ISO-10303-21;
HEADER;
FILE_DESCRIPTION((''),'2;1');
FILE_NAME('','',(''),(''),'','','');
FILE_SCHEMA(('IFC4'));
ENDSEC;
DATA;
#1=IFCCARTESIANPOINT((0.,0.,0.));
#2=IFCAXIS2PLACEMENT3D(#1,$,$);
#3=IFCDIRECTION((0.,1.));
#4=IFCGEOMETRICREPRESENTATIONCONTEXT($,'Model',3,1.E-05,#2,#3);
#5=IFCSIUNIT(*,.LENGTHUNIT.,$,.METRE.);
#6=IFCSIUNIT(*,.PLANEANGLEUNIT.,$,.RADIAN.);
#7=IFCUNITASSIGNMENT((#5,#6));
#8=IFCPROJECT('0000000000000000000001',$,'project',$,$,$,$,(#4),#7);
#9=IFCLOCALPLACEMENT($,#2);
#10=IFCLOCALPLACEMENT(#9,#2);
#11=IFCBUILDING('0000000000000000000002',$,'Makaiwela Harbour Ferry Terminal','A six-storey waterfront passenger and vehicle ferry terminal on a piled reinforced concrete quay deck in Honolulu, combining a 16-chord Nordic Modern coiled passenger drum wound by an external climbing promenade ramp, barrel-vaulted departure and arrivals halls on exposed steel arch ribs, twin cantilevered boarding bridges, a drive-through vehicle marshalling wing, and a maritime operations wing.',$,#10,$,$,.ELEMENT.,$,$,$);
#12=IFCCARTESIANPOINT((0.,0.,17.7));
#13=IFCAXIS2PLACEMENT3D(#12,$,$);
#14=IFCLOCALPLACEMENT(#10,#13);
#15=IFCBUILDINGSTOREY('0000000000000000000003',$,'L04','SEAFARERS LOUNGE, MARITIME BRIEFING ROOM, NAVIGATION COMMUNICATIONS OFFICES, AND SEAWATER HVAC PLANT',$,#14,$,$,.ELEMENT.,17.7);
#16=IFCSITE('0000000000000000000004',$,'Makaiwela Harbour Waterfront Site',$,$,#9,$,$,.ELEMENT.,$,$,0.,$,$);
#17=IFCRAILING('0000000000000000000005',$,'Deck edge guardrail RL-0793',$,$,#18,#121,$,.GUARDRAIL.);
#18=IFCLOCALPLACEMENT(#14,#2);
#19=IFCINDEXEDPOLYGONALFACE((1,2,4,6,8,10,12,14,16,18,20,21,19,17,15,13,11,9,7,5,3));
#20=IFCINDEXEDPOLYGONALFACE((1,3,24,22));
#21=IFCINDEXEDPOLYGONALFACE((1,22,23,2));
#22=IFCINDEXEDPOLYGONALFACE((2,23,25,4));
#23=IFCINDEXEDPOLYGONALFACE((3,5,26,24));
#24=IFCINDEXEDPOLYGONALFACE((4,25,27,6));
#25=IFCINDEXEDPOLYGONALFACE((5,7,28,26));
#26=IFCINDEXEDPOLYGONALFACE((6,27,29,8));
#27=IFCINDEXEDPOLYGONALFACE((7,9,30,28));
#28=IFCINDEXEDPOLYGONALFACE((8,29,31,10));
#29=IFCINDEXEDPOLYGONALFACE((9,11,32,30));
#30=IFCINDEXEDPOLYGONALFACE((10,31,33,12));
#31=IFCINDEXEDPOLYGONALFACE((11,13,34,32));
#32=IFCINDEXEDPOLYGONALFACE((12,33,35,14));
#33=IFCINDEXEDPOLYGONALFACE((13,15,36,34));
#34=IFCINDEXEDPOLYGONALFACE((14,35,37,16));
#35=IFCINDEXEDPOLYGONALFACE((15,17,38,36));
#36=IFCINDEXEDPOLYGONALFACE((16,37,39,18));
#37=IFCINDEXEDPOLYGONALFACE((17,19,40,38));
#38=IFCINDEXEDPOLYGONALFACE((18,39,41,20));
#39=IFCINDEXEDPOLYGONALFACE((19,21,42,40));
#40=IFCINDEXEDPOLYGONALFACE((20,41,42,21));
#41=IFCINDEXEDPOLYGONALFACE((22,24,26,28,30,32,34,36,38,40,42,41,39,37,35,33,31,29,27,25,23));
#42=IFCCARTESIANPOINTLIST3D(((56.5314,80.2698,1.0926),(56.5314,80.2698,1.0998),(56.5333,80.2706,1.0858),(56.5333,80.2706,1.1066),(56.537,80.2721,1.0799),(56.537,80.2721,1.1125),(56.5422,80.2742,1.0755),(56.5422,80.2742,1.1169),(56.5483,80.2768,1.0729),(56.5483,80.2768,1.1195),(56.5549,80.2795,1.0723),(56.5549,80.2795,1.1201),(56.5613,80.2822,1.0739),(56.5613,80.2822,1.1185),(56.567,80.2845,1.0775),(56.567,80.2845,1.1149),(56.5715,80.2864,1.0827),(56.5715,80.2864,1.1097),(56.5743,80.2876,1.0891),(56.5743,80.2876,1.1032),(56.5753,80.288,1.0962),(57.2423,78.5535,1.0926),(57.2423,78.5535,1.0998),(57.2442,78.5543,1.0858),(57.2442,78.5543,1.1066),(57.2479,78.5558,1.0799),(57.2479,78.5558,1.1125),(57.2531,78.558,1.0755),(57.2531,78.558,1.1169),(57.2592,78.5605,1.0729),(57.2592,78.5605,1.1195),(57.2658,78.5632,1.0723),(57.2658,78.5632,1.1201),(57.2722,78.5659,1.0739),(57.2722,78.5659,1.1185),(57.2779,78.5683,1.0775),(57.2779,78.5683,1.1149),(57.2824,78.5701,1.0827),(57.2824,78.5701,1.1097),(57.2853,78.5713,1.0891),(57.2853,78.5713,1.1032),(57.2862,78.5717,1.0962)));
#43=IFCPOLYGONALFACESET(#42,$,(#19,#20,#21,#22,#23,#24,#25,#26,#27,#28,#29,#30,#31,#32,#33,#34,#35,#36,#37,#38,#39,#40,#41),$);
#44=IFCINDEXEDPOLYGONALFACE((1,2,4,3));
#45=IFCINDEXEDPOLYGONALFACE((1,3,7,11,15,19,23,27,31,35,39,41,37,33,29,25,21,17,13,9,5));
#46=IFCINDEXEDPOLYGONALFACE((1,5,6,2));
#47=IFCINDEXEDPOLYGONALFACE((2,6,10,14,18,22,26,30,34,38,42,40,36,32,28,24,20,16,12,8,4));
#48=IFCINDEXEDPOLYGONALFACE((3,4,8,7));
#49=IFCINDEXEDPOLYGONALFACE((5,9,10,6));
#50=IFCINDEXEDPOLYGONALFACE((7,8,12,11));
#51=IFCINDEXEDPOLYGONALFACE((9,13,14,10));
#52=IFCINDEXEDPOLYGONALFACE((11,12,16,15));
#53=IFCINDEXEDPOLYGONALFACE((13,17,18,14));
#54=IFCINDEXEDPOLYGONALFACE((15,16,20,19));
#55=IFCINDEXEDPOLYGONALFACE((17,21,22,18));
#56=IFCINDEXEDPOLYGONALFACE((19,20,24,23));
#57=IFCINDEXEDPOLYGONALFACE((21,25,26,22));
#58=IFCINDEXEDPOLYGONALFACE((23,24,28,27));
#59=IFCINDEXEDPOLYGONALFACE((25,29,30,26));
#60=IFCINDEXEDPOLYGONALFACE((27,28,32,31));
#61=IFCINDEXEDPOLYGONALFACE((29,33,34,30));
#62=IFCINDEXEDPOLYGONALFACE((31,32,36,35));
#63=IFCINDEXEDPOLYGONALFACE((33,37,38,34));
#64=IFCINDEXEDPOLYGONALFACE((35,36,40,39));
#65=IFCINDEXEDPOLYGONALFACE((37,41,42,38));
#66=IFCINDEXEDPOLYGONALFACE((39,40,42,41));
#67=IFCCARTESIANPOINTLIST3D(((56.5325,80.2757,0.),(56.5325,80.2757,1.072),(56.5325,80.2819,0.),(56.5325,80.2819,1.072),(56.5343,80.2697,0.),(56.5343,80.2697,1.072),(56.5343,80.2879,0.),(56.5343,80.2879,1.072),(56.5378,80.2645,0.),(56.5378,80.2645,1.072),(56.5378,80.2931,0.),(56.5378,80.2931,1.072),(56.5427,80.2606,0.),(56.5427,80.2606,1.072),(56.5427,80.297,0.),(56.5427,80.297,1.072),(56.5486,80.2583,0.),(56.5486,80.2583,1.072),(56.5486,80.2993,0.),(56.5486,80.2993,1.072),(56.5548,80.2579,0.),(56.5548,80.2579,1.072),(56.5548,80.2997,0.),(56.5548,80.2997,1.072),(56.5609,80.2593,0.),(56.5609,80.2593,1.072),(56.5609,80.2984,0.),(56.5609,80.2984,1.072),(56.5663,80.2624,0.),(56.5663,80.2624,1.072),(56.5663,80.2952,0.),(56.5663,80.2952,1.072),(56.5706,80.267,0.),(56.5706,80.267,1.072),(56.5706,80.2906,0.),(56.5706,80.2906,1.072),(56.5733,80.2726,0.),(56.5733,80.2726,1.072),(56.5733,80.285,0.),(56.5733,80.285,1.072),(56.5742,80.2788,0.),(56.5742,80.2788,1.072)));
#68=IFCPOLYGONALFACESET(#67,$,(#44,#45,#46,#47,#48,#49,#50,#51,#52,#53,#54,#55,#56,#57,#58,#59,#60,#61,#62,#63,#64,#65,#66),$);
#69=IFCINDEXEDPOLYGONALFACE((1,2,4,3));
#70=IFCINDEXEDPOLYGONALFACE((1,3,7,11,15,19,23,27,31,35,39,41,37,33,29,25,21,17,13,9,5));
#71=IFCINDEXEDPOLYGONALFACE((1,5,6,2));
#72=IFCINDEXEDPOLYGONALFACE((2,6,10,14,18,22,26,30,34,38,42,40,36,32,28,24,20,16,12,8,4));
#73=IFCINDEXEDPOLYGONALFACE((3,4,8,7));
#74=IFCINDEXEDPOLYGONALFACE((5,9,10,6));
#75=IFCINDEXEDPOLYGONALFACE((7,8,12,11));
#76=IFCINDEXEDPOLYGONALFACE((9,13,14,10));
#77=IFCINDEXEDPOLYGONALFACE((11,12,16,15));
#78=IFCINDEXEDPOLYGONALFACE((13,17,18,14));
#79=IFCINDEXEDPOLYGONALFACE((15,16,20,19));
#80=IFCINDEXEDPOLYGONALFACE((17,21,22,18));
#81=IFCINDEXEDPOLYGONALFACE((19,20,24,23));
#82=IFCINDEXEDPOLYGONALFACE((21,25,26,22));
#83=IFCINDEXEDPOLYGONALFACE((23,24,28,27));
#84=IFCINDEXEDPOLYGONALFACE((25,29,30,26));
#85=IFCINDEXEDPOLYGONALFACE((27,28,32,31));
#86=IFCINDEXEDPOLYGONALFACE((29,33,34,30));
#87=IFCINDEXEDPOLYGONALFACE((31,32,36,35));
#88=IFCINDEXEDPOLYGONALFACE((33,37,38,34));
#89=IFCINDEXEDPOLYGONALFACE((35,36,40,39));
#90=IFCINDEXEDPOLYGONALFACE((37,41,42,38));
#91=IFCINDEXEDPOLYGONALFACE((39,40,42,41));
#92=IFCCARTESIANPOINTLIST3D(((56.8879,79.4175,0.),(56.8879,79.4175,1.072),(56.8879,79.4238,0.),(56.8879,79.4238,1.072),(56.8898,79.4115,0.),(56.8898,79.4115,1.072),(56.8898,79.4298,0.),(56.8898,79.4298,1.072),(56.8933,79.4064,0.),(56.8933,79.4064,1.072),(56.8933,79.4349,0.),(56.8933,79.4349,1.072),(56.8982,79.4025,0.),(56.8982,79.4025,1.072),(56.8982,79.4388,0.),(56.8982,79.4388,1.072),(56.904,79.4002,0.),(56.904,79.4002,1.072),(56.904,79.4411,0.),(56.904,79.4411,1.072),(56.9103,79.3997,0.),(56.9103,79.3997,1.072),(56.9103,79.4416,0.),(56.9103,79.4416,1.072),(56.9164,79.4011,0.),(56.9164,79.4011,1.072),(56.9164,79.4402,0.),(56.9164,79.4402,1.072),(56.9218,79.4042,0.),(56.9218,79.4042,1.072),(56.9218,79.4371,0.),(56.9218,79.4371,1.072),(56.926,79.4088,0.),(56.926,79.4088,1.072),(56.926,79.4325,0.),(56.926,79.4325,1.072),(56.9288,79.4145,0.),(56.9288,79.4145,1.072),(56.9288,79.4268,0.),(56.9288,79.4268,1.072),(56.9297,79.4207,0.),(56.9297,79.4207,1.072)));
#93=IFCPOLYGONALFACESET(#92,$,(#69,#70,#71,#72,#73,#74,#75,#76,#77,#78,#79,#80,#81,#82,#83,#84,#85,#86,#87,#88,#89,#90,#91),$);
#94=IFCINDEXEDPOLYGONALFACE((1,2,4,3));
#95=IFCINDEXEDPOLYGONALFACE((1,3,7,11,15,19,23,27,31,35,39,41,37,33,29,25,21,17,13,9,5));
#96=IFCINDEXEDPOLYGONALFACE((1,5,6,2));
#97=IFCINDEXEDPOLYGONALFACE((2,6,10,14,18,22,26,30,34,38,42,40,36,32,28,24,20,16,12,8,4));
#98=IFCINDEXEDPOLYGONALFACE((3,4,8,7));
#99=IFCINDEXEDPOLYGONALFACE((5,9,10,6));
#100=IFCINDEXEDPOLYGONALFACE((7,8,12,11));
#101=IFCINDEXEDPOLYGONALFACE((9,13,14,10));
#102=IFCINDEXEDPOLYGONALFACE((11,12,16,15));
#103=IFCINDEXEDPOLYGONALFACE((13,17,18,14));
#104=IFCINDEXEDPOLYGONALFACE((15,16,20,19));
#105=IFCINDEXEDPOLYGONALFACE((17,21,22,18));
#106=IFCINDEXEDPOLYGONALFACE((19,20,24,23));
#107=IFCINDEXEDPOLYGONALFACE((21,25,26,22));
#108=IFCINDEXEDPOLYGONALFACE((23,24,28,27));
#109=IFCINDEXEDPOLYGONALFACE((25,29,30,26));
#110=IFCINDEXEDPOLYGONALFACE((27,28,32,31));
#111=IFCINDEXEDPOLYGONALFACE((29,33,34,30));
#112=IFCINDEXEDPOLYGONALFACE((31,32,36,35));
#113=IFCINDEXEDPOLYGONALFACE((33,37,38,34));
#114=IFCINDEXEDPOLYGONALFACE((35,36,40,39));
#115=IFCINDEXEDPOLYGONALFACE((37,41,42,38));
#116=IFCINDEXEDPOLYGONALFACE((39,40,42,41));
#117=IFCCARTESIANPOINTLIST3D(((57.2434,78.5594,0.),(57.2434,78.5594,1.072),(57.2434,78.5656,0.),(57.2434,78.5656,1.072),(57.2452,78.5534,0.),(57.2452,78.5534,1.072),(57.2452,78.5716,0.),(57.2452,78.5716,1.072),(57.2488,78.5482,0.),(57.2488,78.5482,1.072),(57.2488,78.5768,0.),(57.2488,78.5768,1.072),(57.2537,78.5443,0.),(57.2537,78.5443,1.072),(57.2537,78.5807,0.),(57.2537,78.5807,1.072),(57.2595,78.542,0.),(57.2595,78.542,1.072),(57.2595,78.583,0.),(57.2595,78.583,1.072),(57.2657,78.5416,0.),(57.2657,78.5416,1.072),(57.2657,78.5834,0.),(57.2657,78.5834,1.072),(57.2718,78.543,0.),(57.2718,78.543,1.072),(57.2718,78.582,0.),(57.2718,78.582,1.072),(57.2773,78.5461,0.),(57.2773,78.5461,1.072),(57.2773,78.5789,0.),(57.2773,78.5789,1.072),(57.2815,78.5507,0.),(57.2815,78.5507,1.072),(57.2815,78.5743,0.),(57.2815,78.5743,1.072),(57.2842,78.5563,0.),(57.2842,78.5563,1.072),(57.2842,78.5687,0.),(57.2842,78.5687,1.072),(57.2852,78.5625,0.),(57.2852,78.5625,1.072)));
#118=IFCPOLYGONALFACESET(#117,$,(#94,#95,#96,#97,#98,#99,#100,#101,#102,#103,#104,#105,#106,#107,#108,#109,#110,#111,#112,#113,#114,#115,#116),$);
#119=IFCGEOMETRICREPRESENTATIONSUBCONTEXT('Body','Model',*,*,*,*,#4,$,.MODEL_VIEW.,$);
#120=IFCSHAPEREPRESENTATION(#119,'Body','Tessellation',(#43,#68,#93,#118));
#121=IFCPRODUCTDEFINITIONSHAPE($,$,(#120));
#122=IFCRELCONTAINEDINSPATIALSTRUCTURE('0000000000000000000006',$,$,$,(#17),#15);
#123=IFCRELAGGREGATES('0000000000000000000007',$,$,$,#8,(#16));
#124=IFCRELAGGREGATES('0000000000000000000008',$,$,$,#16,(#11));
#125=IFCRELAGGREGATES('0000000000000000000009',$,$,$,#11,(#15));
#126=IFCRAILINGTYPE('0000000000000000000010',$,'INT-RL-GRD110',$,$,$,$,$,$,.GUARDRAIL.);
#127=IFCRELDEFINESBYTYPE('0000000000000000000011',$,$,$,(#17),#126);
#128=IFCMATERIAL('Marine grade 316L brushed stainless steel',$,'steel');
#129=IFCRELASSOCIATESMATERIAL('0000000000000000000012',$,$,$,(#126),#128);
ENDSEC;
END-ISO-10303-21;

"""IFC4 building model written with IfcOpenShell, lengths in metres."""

from ifc_helpers import new_model, si_unit, direction, frame, origin, origin_2d, place, context, subcontext, project, spatial, circle, extrude, material, type_object, element, save


model = new_model("IFC4")

# Units and contexts
model_context = context("Model", 3, precision=1e-05, world=origin(), true_north=direction((0.0, 1.0)))
body_context = subcontext(model_context, "Body", "Model", "MODEL_VIEW")
ifc_project = project(units=[si_unit("LENGTHUNIT", "METRE"), si_unit("PLANEANGLEUNIT", "RADIAN")], contexts=[model_context])

# Site, building, storey
site_placement = place(None, origin())
site = spatial("IfcSite", under=ifc_project, at=site_placement, Name="Makaiwela Harbour Waterfront Site", CompositionType="ELEMENT", RefElevation=0.0)
building_placement = place(site_placement, origin())
building = spatial("IfcBuilding", under=site, at=building_placement, Name="Makaiwela Harbour Ferry Terminal", Description="A six-storey waterfront passenger and vehicle ferry terminal on a piled reinforced concrete quay deck in Honolulu, combining a 16-chord Nordic Modern coiled passenger drum wound by an external climbing promenade ramp, barrel-vaulted departure and arrivals halls on exposed steel arch ribs, twin cantilevered boarding bridges, a drive-through vehicle marshalling wing, and a maritime operations wing.", CompositionType="ELEMENT")
storey_placement = place(building_placement, frame((0.0, 0.0, 17.7)))
storey = spatial("IfcBuildingStorey", under=building, at=storey_placement, Name="L04", Description="SEAFARERS LOUNGE, MARITIME BRIEFING ROOM, NAVIGATION COMMUNICATIONS OFFICES, AND SEAWATER HVAC PLANT", CompositionType="ELEMENT", Elevation=17.7)

# Railing
ifc_material_1 = material(Name="Marine grade 316L brushed stainless steel", Category="steel")
railing_type = type_object("IfcRailingType", Name="INT-RL-GRD110", PredefinedType="GUARDRAIL", material=ifc_material_1)
railing_1_placement = place(storey_placement, frame((56.5532, 80.2788, 0.0)))
element("IfcRailing", 1, at=railing_1_placement, inside=storey, type_object=railing_type, Name="Deck edge guardrail RL-0793", PredefinedType="GUARDRAIL", context=body_context, shape_type="SweptSolid", body=[
    extrude(circle(Radius=0.0239, at=origin_2d()), frame((0.0, 0.0, 1.0962), z_axis=(0.382692, -0.923876, 0.0), x_axis=(0.923876, 0.382692, 0.0)), (0.0, 0.0, 1.0), 1.8577),
    extrude(circle(Radius=0.021, at=origin_2d()), origin(), (0.0, 0.0, 1.0), 1.072),
    extrude(circle(Radius=0.021, at=origin_2d()), frame((0.3555, -0.8582, 0.0)), (0.0, 0.0, 1.0), 1.072),
    extrude(circle(Radius=0.021, at=origin_2d()), frame((0.7109, -1.7163, 0.0)), (0.0, 0.0, 1.0), 1.072),
])

save(model, "model.ifc")
